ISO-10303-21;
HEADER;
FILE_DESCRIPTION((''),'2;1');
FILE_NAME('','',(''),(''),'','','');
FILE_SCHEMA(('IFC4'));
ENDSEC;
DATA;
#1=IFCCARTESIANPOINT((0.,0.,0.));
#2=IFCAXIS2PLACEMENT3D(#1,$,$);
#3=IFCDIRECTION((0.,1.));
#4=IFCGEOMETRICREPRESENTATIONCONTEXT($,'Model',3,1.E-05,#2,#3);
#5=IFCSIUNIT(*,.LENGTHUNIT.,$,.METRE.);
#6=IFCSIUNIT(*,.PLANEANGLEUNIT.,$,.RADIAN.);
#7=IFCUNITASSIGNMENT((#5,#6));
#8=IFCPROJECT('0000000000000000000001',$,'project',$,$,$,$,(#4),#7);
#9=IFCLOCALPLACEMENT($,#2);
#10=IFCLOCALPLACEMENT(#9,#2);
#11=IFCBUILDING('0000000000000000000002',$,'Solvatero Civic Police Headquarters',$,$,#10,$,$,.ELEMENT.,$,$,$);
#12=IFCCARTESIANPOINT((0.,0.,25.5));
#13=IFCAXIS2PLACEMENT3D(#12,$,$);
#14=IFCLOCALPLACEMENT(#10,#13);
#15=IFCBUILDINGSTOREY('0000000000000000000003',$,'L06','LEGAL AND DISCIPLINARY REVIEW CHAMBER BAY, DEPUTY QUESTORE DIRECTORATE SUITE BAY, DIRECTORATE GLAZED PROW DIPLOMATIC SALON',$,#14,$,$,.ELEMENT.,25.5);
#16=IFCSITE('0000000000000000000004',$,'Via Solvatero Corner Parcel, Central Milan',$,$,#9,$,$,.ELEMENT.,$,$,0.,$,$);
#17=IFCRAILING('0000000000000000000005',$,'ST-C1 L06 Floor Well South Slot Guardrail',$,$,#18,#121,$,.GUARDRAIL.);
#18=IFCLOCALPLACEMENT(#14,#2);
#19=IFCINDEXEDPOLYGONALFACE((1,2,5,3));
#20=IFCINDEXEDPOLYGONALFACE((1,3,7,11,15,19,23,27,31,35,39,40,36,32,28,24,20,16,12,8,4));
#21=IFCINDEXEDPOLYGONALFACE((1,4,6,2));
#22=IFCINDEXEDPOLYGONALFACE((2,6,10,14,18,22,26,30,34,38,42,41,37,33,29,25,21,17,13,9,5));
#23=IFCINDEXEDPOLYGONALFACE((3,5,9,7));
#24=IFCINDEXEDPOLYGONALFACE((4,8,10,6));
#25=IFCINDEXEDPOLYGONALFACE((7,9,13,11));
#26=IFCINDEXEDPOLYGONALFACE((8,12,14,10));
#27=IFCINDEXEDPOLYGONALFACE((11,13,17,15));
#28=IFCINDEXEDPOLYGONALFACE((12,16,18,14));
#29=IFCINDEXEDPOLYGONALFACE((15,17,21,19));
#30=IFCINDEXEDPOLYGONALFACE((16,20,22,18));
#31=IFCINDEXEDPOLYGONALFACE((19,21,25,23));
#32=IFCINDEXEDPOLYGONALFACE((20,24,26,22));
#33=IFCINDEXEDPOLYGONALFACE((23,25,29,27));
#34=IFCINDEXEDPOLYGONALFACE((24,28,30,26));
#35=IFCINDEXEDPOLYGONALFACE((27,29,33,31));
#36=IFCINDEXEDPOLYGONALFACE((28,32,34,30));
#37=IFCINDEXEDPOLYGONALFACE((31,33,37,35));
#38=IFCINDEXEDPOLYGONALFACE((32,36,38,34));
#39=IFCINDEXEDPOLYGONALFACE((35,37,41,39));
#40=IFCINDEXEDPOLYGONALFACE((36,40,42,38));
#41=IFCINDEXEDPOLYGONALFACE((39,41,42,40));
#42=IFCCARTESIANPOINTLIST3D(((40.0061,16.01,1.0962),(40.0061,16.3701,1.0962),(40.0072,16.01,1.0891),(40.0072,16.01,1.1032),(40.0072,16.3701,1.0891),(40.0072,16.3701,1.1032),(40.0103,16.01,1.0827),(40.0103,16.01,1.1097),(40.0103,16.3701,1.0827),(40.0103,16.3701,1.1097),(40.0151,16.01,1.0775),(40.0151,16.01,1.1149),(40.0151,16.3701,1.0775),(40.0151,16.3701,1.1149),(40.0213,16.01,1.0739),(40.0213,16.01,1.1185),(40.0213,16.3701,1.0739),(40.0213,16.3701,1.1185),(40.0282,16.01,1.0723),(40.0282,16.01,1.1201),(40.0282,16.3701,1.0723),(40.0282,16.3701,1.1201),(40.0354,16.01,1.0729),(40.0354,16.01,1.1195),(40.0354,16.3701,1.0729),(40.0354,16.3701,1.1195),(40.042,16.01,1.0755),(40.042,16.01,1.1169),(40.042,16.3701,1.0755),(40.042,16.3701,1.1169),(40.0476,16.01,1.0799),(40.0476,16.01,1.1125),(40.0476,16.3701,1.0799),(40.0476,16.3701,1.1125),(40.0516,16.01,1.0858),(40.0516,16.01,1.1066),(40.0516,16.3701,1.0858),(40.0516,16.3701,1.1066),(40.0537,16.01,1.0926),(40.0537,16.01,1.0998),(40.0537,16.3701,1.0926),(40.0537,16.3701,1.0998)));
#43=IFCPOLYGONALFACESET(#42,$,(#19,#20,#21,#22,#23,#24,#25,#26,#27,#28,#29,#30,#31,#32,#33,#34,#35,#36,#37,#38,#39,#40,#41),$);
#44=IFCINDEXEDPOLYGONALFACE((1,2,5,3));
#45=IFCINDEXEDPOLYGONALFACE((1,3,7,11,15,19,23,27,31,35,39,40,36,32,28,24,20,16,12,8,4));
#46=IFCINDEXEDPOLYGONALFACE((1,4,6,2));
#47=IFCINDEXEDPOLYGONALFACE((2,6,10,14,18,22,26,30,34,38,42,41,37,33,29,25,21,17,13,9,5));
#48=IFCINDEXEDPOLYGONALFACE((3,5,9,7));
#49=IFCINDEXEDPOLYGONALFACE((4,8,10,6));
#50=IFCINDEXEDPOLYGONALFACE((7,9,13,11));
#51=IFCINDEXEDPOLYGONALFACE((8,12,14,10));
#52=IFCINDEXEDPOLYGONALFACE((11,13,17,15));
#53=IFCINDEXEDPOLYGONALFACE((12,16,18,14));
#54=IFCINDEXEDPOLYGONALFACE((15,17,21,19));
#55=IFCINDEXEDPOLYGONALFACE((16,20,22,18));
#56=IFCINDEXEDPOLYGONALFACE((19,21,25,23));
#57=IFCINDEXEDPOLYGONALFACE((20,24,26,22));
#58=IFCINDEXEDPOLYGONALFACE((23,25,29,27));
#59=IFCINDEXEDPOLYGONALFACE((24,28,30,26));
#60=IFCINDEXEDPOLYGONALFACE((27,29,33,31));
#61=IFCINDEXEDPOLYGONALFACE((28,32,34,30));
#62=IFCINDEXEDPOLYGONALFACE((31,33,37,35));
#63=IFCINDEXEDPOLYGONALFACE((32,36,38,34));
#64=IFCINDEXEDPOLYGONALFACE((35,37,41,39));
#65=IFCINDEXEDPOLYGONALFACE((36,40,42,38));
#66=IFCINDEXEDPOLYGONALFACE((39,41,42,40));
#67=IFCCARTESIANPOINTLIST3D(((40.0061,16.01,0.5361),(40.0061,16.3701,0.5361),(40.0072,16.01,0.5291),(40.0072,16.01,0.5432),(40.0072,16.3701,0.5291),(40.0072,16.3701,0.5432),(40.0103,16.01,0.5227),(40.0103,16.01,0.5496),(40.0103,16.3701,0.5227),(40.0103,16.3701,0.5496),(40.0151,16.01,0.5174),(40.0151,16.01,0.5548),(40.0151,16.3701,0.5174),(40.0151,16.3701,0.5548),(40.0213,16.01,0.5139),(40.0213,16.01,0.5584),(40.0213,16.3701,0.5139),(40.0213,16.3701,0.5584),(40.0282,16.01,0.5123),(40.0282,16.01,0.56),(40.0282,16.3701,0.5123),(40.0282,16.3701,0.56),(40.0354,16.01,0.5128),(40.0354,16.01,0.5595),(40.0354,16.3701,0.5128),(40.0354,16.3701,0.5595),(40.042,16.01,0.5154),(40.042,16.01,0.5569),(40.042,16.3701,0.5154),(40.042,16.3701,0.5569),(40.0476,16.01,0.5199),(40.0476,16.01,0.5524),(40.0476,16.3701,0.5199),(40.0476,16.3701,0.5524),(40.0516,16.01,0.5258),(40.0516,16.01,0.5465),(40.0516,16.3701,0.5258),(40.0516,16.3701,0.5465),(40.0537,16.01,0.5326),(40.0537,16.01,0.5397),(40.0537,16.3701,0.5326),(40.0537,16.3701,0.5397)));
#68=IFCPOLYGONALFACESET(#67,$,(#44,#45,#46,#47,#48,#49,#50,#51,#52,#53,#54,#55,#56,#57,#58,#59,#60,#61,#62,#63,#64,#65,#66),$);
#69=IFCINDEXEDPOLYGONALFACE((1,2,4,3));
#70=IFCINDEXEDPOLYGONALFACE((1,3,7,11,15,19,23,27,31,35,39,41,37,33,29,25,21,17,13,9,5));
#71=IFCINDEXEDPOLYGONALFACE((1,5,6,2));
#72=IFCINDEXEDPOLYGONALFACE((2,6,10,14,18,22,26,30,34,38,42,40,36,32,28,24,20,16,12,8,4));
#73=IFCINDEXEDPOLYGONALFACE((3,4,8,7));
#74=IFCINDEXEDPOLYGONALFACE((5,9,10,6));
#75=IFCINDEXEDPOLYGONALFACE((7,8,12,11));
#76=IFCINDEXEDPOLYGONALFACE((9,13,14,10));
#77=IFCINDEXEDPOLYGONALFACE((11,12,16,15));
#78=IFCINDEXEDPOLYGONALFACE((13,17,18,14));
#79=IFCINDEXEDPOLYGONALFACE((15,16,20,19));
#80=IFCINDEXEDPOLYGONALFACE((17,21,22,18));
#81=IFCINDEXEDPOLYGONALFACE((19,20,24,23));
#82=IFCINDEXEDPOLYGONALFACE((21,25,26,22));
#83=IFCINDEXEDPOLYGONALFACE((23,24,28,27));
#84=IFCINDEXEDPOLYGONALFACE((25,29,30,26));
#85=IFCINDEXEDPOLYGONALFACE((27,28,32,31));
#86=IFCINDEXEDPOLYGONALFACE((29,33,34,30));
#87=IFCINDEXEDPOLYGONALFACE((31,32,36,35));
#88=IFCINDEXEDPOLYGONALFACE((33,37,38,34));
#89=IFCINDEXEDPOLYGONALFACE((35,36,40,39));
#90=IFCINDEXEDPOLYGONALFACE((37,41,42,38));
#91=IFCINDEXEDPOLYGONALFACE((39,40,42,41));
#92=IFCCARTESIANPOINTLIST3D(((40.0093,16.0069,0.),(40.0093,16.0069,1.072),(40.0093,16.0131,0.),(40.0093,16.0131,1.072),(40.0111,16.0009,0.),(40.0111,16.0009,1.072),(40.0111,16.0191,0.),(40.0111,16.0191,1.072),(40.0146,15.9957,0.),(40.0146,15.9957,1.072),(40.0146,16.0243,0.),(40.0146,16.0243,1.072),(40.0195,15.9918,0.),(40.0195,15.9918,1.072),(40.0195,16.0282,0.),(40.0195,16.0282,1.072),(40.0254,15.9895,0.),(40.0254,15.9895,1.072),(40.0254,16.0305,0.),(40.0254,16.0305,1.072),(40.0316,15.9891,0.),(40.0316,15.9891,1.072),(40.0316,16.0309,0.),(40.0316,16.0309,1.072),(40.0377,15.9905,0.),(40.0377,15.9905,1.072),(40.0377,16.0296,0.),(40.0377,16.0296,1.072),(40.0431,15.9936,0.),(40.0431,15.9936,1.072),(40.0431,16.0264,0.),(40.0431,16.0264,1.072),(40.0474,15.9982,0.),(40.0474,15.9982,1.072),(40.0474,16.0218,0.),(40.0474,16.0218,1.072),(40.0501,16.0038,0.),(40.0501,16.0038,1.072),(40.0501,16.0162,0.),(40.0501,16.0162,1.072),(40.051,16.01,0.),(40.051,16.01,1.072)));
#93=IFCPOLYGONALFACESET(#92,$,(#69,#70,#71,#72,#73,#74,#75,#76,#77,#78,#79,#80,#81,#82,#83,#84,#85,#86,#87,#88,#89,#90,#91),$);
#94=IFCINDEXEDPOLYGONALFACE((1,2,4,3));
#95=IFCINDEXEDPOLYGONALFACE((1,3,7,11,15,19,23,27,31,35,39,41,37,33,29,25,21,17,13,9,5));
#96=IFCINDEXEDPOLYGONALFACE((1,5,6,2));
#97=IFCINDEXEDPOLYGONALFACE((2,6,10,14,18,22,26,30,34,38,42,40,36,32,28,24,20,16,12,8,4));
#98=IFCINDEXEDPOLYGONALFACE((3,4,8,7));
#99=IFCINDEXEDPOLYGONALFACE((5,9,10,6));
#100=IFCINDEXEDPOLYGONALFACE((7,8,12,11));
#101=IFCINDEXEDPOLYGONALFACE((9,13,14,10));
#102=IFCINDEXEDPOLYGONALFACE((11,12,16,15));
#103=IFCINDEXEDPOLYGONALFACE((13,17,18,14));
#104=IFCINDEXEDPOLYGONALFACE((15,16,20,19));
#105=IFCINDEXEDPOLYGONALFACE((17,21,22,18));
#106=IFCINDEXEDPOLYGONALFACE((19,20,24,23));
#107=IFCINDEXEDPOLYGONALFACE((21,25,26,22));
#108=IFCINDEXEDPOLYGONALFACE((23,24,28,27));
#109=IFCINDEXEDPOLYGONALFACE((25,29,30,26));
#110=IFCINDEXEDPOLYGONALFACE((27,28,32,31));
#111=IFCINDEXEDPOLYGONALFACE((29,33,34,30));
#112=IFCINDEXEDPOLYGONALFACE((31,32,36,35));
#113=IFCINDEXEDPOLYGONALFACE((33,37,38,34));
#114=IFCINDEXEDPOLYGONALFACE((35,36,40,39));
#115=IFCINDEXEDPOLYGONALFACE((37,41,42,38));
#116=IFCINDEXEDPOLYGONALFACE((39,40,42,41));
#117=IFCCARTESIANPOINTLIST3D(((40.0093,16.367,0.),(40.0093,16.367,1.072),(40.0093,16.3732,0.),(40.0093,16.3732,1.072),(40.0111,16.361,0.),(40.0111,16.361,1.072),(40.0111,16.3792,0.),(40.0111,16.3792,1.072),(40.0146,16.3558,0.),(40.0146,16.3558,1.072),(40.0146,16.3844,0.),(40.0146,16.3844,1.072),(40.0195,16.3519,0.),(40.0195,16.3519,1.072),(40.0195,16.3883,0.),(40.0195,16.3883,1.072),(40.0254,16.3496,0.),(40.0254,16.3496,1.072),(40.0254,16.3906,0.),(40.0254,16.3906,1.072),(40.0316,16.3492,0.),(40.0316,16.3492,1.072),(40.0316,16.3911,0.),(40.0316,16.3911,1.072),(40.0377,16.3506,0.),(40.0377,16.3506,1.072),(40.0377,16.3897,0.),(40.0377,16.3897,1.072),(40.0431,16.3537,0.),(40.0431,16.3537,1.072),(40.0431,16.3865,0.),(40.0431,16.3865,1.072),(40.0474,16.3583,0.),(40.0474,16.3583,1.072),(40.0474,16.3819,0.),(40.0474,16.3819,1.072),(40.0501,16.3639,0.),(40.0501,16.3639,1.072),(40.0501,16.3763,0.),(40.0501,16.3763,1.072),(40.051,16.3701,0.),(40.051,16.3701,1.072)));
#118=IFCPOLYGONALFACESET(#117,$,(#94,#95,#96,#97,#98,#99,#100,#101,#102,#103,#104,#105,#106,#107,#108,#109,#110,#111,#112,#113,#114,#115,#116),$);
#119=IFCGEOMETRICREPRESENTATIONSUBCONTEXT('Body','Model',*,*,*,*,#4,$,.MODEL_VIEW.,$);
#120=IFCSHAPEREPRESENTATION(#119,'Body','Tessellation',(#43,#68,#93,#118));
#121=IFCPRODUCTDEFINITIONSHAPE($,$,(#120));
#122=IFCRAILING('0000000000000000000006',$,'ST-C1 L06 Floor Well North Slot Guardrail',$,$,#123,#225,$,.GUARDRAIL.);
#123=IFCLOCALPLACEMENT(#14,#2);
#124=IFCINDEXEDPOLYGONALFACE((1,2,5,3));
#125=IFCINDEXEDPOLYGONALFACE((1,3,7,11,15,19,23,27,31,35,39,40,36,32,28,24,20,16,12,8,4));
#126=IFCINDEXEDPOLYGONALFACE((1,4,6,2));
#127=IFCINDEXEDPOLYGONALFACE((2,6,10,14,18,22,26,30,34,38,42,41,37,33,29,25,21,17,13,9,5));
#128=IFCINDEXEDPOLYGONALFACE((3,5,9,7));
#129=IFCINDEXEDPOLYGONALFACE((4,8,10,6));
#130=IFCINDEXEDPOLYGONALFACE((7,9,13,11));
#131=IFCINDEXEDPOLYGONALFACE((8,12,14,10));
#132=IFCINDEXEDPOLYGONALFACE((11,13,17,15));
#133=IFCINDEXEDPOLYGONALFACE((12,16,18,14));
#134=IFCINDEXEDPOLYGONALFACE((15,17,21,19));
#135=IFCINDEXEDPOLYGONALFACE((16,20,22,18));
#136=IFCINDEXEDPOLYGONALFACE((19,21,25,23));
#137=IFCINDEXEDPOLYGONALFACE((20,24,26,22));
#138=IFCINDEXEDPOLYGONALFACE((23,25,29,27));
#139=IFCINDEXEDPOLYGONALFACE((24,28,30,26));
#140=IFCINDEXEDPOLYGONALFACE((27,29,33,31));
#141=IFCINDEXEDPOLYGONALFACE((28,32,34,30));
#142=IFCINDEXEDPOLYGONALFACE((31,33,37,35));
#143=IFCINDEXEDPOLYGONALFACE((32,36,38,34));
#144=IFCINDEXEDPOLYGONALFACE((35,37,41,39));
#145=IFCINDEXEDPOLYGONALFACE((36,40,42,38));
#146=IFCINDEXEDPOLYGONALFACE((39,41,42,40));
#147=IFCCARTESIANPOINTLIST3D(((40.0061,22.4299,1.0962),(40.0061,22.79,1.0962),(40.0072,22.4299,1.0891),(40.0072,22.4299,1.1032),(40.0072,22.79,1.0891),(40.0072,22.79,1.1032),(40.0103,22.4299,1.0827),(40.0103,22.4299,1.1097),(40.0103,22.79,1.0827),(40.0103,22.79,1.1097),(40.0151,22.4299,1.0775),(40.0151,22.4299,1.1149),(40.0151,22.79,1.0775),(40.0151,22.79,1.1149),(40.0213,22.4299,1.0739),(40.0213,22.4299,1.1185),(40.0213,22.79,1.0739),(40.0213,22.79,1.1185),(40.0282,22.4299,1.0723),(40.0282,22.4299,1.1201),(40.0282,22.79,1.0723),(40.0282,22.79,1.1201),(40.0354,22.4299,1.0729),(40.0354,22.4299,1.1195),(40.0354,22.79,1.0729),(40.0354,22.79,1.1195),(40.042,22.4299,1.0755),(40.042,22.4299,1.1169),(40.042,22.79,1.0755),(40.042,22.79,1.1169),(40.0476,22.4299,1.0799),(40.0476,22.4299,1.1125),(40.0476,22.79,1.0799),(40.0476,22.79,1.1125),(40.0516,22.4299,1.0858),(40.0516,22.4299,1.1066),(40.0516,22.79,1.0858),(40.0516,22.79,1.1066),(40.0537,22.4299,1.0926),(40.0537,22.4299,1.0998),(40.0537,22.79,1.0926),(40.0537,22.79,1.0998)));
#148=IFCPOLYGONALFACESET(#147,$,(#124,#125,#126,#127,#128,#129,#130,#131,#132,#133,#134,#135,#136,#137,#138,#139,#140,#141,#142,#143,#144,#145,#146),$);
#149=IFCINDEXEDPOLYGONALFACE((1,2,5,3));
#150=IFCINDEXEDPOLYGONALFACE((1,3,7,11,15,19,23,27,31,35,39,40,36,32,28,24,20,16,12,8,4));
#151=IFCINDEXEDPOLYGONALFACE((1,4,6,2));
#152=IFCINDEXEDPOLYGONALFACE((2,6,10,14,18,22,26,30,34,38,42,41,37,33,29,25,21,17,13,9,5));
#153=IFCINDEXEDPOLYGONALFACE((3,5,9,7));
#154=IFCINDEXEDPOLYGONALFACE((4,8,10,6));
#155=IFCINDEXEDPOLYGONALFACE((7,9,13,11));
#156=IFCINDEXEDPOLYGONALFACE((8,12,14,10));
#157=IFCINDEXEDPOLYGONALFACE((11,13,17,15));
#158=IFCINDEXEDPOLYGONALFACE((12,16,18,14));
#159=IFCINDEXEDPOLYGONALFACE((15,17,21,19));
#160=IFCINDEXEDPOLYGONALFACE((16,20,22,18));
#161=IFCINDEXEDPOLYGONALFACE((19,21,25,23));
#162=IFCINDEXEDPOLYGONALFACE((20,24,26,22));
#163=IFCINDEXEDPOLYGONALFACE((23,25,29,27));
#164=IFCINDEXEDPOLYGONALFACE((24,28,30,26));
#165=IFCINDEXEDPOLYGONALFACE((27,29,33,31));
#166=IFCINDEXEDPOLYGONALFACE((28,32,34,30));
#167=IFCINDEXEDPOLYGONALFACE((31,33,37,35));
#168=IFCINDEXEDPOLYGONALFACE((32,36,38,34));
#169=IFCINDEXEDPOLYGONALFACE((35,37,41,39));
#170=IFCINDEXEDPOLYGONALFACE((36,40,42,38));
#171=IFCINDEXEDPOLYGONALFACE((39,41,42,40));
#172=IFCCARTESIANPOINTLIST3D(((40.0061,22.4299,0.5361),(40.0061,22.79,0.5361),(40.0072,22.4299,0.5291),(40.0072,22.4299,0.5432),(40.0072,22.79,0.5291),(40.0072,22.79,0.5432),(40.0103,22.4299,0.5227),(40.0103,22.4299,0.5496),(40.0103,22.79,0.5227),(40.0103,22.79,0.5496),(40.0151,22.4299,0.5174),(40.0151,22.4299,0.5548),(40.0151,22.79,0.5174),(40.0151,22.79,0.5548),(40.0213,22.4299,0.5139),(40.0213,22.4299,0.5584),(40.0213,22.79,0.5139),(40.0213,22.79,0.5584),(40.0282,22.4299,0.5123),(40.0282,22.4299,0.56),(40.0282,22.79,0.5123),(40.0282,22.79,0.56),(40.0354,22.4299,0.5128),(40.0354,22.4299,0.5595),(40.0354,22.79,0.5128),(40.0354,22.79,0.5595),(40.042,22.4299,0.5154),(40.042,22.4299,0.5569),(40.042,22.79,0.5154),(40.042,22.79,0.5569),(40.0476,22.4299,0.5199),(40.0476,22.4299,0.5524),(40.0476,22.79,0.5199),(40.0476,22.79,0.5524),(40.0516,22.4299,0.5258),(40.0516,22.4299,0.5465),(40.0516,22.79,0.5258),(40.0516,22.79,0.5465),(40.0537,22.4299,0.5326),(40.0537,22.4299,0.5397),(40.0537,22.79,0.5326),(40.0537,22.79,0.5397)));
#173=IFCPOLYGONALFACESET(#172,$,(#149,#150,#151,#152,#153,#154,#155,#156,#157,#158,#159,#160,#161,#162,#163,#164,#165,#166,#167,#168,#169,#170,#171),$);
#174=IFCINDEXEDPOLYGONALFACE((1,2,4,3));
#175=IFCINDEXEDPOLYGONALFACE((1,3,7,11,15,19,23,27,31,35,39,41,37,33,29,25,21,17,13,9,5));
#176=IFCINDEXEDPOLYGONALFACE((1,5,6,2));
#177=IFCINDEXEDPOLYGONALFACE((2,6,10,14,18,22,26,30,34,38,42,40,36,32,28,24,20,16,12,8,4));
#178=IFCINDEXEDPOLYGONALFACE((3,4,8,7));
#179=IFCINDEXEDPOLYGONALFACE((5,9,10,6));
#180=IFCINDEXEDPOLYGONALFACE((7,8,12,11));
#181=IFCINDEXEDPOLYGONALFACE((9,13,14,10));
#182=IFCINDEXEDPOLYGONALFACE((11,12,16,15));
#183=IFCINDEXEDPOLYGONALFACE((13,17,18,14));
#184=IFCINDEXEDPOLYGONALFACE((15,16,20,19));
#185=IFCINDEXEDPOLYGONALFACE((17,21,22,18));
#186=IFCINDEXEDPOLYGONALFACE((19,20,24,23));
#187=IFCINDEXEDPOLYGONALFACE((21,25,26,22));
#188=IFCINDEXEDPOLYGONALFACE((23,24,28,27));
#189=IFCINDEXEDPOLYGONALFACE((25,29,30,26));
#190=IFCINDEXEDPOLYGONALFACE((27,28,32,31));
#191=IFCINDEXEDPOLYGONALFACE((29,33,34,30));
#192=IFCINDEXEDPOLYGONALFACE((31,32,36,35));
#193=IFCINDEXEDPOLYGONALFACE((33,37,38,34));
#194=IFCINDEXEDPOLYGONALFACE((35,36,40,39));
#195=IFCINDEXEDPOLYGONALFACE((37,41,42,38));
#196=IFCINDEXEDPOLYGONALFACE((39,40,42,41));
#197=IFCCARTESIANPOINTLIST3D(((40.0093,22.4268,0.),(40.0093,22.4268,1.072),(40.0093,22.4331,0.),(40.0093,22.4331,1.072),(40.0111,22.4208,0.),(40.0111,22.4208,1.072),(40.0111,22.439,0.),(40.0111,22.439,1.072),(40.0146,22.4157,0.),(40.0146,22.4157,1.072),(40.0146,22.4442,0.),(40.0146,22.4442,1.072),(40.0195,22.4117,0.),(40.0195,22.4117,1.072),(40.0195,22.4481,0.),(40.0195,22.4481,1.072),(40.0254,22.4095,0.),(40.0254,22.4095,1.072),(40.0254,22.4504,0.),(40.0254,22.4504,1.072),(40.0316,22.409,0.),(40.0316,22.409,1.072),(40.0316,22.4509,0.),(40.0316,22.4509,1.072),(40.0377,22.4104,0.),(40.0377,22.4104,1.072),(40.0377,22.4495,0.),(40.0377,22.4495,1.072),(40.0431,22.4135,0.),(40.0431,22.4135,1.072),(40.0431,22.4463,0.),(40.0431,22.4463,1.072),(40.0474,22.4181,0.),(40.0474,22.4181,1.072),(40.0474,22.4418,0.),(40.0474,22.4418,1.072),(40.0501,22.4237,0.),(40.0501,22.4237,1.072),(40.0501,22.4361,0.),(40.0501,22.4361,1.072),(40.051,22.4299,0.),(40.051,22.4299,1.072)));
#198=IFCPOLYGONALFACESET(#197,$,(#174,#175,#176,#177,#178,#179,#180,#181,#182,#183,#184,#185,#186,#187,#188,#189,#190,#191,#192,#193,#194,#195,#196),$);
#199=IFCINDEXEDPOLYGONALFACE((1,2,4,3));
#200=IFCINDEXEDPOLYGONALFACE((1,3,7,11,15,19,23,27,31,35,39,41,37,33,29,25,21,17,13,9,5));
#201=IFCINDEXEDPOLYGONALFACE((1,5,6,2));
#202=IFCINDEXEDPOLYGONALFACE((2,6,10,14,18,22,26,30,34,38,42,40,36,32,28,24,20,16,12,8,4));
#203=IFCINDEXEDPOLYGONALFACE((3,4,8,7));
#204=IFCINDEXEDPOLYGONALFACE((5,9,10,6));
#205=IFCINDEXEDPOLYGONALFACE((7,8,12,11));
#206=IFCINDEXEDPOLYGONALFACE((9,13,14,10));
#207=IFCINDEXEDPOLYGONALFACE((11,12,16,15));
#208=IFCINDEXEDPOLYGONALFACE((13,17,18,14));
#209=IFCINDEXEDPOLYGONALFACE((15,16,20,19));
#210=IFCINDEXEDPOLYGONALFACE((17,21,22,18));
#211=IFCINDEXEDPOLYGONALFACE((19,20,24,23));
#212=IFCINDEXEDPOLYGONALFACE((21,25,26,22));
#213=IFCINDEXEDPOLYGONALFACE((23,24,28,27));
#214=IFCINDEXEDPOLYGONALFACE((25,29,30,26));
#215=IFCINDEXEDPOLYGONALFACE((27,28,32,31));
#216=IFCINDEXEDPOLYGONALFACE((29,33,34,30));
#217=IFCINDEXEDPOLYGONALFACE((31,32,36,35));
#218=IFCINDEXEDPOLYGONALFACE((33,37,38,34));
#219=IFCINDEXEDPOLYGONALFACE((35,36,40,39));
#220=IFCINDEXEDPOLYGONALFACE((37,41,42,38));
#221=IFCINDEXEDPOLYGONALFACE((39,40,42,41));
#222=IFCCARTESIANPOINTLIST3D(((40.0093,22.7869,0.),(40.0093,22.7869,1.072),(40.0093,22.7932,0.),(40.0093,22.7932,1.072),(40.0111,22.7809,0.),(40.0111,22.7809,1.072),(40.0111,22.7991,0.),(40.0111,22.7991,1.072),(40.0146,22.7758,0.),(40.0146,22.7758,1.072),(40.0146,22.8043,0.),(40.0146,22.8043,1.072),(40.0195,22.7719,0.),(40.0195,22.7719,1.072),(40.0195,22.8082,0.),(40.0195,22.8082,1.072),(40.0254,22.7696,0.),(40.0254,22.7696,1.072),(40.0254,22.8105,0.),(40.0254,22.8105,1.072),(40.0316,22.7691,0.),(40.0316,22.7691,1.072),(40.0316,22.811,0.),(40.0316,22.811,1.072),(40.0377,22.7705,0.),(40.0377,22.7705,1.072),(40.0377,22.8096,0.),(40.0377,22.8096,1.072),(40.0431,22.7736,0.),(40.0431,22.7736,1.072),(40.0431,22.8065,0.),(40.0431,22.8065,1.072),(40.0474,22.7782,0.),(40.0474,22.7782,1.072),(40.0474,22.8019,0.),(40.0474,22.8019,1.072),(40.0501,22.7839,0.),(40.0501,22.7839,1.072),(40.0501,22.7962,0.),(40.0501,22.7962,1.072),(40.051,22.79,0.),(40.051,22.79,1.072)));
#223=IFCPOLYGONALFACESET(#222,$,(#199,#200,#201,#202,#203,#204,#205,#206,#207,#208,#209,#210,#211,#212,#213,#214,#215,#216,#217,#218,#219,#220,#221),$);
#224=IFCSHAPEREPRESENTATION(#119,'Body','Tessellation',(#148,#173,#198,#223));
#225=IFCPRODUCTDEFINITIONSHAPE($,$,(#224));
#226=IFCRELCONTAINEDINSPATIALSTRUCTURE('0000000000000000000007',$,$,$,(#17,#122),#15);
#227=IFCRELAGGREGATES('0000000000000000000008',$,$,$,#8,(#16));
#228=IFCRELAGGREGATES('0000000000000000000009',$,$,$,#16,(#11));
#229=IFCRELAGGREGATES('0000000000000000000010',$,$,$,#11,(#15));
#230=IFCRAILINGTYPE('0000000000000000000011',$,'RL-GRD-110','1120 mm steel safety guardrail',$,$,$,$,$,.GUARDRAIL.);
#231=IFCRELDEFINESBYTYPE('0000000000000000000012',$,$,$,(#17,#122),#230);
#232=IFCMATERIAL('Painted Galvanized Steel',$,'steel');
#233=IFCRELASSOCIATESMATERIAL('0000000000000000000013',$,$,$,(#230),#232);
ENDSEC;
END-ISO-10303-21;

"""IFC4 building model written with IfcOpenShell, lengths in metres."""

from ifc_helpers import new_model, si_unit, direction, frame, origin, origin_2d, place, context, subcontext, project, spatial, circle, extrude, material, type_object, element, save


model = new_model("IFC4")

# Units and contexts
model_context = context("Model", 3, precision=1e-05, world=origin(), true_north=direction((0.0, 1.0)))
body_context = subcontext(model_context, "Body", "Model", "MODEL_VIEW")
ifc_project = project(units=[si_unit("LENGTHUNIT", "METRE"), si_unit("PLANEANGLEUNIT", "RADIAN")], contexts=[model_context])

# Site, building, storey
site_placement = place(None, origin())
site = spatial("IfcSite", under=ifc_project, at=site_placement, Name="Via Solvatero Corner Parcel, Central Milan", CompositionType="ELEMENT", RefElevation=0.0)
building_placement = place(site_placement, origin())
building = spatial("IfcBuilding", under=site, at=building_placement, Name="Solvatero Civic Police Headquarters", CompositionType="ELEMENT")
storey_placement = place(building_placement, frame((0.0, 0.0, 25.5)))
storey = spatial("IfcBuildingStorey", under=building, at=storey_placement, Name="L06", Description="LEGAL AND DISCIPLINARY REVIEW CHAMBER BAY, DEPUTY QUESTORE DIRECTORATE SUITE BAY, DIRECTORATE GLAZED PROW DIPLOMATIC SALON", CompositionType="ELEMENT", Elevation=25.5)

# Railings
ifc_material_1 = material(Name="Painted Galvanized Steel", Category="steel")
railing_type_1 = type_object("IfcRailingType", Name="RL-GRD-110", Description="1120 mm steel safety guardrail", PredefinedType="GUARDRAIL", material=ifc_material_1)
for number, where, name in (
    (1, (40.03, 16.01, 0.0), "ST-C1 L06 Floor Well South Slot Guardrail"),
    (2, (40.03, 22.4299, 0.0), "ST-C1 L06 Floor Well North Slot Guardrail"),
):
    element("IfcRailing", number, at=place(storey_placement, frame(where)), inside=storey, type_object=railing_type_1, Name=name, PredefinedType="GUARDRAIL", context=body_context, shape_type="SweptSolid", body=[
        extrude(circle(Radius=0.0239, at=origin_2d()), frame((0.0, 0.0, 1.0962), z_axis=(0.0, 1.0, 0.0), x_axis=(-1.0, 0.0, 0.0)), (0.0, 0.0, 1.0), 0.3601),
        extrude(circle(Radius=0.0239, at=origin_2d()), frame((0.0, 0.0, 0.5361), z_axis=(0.0, 1.0, 0.0), x_axis=(-1.0, 0.0, 0.0)), (0.0, 0.0, 1.0), 0.3601),
        extrude(circle(Radius=0.021, at=origin_2d()), origin(), (0.0, 0.0, 1.0), 1.072),
        extrude(circle(Radius=0.021, at=origin_2d()), frame((0.0, 0.3601, 0.0)), (0.0, 0.0, 1.0), 1.072),
    ])

save(model, "model.ifc")
